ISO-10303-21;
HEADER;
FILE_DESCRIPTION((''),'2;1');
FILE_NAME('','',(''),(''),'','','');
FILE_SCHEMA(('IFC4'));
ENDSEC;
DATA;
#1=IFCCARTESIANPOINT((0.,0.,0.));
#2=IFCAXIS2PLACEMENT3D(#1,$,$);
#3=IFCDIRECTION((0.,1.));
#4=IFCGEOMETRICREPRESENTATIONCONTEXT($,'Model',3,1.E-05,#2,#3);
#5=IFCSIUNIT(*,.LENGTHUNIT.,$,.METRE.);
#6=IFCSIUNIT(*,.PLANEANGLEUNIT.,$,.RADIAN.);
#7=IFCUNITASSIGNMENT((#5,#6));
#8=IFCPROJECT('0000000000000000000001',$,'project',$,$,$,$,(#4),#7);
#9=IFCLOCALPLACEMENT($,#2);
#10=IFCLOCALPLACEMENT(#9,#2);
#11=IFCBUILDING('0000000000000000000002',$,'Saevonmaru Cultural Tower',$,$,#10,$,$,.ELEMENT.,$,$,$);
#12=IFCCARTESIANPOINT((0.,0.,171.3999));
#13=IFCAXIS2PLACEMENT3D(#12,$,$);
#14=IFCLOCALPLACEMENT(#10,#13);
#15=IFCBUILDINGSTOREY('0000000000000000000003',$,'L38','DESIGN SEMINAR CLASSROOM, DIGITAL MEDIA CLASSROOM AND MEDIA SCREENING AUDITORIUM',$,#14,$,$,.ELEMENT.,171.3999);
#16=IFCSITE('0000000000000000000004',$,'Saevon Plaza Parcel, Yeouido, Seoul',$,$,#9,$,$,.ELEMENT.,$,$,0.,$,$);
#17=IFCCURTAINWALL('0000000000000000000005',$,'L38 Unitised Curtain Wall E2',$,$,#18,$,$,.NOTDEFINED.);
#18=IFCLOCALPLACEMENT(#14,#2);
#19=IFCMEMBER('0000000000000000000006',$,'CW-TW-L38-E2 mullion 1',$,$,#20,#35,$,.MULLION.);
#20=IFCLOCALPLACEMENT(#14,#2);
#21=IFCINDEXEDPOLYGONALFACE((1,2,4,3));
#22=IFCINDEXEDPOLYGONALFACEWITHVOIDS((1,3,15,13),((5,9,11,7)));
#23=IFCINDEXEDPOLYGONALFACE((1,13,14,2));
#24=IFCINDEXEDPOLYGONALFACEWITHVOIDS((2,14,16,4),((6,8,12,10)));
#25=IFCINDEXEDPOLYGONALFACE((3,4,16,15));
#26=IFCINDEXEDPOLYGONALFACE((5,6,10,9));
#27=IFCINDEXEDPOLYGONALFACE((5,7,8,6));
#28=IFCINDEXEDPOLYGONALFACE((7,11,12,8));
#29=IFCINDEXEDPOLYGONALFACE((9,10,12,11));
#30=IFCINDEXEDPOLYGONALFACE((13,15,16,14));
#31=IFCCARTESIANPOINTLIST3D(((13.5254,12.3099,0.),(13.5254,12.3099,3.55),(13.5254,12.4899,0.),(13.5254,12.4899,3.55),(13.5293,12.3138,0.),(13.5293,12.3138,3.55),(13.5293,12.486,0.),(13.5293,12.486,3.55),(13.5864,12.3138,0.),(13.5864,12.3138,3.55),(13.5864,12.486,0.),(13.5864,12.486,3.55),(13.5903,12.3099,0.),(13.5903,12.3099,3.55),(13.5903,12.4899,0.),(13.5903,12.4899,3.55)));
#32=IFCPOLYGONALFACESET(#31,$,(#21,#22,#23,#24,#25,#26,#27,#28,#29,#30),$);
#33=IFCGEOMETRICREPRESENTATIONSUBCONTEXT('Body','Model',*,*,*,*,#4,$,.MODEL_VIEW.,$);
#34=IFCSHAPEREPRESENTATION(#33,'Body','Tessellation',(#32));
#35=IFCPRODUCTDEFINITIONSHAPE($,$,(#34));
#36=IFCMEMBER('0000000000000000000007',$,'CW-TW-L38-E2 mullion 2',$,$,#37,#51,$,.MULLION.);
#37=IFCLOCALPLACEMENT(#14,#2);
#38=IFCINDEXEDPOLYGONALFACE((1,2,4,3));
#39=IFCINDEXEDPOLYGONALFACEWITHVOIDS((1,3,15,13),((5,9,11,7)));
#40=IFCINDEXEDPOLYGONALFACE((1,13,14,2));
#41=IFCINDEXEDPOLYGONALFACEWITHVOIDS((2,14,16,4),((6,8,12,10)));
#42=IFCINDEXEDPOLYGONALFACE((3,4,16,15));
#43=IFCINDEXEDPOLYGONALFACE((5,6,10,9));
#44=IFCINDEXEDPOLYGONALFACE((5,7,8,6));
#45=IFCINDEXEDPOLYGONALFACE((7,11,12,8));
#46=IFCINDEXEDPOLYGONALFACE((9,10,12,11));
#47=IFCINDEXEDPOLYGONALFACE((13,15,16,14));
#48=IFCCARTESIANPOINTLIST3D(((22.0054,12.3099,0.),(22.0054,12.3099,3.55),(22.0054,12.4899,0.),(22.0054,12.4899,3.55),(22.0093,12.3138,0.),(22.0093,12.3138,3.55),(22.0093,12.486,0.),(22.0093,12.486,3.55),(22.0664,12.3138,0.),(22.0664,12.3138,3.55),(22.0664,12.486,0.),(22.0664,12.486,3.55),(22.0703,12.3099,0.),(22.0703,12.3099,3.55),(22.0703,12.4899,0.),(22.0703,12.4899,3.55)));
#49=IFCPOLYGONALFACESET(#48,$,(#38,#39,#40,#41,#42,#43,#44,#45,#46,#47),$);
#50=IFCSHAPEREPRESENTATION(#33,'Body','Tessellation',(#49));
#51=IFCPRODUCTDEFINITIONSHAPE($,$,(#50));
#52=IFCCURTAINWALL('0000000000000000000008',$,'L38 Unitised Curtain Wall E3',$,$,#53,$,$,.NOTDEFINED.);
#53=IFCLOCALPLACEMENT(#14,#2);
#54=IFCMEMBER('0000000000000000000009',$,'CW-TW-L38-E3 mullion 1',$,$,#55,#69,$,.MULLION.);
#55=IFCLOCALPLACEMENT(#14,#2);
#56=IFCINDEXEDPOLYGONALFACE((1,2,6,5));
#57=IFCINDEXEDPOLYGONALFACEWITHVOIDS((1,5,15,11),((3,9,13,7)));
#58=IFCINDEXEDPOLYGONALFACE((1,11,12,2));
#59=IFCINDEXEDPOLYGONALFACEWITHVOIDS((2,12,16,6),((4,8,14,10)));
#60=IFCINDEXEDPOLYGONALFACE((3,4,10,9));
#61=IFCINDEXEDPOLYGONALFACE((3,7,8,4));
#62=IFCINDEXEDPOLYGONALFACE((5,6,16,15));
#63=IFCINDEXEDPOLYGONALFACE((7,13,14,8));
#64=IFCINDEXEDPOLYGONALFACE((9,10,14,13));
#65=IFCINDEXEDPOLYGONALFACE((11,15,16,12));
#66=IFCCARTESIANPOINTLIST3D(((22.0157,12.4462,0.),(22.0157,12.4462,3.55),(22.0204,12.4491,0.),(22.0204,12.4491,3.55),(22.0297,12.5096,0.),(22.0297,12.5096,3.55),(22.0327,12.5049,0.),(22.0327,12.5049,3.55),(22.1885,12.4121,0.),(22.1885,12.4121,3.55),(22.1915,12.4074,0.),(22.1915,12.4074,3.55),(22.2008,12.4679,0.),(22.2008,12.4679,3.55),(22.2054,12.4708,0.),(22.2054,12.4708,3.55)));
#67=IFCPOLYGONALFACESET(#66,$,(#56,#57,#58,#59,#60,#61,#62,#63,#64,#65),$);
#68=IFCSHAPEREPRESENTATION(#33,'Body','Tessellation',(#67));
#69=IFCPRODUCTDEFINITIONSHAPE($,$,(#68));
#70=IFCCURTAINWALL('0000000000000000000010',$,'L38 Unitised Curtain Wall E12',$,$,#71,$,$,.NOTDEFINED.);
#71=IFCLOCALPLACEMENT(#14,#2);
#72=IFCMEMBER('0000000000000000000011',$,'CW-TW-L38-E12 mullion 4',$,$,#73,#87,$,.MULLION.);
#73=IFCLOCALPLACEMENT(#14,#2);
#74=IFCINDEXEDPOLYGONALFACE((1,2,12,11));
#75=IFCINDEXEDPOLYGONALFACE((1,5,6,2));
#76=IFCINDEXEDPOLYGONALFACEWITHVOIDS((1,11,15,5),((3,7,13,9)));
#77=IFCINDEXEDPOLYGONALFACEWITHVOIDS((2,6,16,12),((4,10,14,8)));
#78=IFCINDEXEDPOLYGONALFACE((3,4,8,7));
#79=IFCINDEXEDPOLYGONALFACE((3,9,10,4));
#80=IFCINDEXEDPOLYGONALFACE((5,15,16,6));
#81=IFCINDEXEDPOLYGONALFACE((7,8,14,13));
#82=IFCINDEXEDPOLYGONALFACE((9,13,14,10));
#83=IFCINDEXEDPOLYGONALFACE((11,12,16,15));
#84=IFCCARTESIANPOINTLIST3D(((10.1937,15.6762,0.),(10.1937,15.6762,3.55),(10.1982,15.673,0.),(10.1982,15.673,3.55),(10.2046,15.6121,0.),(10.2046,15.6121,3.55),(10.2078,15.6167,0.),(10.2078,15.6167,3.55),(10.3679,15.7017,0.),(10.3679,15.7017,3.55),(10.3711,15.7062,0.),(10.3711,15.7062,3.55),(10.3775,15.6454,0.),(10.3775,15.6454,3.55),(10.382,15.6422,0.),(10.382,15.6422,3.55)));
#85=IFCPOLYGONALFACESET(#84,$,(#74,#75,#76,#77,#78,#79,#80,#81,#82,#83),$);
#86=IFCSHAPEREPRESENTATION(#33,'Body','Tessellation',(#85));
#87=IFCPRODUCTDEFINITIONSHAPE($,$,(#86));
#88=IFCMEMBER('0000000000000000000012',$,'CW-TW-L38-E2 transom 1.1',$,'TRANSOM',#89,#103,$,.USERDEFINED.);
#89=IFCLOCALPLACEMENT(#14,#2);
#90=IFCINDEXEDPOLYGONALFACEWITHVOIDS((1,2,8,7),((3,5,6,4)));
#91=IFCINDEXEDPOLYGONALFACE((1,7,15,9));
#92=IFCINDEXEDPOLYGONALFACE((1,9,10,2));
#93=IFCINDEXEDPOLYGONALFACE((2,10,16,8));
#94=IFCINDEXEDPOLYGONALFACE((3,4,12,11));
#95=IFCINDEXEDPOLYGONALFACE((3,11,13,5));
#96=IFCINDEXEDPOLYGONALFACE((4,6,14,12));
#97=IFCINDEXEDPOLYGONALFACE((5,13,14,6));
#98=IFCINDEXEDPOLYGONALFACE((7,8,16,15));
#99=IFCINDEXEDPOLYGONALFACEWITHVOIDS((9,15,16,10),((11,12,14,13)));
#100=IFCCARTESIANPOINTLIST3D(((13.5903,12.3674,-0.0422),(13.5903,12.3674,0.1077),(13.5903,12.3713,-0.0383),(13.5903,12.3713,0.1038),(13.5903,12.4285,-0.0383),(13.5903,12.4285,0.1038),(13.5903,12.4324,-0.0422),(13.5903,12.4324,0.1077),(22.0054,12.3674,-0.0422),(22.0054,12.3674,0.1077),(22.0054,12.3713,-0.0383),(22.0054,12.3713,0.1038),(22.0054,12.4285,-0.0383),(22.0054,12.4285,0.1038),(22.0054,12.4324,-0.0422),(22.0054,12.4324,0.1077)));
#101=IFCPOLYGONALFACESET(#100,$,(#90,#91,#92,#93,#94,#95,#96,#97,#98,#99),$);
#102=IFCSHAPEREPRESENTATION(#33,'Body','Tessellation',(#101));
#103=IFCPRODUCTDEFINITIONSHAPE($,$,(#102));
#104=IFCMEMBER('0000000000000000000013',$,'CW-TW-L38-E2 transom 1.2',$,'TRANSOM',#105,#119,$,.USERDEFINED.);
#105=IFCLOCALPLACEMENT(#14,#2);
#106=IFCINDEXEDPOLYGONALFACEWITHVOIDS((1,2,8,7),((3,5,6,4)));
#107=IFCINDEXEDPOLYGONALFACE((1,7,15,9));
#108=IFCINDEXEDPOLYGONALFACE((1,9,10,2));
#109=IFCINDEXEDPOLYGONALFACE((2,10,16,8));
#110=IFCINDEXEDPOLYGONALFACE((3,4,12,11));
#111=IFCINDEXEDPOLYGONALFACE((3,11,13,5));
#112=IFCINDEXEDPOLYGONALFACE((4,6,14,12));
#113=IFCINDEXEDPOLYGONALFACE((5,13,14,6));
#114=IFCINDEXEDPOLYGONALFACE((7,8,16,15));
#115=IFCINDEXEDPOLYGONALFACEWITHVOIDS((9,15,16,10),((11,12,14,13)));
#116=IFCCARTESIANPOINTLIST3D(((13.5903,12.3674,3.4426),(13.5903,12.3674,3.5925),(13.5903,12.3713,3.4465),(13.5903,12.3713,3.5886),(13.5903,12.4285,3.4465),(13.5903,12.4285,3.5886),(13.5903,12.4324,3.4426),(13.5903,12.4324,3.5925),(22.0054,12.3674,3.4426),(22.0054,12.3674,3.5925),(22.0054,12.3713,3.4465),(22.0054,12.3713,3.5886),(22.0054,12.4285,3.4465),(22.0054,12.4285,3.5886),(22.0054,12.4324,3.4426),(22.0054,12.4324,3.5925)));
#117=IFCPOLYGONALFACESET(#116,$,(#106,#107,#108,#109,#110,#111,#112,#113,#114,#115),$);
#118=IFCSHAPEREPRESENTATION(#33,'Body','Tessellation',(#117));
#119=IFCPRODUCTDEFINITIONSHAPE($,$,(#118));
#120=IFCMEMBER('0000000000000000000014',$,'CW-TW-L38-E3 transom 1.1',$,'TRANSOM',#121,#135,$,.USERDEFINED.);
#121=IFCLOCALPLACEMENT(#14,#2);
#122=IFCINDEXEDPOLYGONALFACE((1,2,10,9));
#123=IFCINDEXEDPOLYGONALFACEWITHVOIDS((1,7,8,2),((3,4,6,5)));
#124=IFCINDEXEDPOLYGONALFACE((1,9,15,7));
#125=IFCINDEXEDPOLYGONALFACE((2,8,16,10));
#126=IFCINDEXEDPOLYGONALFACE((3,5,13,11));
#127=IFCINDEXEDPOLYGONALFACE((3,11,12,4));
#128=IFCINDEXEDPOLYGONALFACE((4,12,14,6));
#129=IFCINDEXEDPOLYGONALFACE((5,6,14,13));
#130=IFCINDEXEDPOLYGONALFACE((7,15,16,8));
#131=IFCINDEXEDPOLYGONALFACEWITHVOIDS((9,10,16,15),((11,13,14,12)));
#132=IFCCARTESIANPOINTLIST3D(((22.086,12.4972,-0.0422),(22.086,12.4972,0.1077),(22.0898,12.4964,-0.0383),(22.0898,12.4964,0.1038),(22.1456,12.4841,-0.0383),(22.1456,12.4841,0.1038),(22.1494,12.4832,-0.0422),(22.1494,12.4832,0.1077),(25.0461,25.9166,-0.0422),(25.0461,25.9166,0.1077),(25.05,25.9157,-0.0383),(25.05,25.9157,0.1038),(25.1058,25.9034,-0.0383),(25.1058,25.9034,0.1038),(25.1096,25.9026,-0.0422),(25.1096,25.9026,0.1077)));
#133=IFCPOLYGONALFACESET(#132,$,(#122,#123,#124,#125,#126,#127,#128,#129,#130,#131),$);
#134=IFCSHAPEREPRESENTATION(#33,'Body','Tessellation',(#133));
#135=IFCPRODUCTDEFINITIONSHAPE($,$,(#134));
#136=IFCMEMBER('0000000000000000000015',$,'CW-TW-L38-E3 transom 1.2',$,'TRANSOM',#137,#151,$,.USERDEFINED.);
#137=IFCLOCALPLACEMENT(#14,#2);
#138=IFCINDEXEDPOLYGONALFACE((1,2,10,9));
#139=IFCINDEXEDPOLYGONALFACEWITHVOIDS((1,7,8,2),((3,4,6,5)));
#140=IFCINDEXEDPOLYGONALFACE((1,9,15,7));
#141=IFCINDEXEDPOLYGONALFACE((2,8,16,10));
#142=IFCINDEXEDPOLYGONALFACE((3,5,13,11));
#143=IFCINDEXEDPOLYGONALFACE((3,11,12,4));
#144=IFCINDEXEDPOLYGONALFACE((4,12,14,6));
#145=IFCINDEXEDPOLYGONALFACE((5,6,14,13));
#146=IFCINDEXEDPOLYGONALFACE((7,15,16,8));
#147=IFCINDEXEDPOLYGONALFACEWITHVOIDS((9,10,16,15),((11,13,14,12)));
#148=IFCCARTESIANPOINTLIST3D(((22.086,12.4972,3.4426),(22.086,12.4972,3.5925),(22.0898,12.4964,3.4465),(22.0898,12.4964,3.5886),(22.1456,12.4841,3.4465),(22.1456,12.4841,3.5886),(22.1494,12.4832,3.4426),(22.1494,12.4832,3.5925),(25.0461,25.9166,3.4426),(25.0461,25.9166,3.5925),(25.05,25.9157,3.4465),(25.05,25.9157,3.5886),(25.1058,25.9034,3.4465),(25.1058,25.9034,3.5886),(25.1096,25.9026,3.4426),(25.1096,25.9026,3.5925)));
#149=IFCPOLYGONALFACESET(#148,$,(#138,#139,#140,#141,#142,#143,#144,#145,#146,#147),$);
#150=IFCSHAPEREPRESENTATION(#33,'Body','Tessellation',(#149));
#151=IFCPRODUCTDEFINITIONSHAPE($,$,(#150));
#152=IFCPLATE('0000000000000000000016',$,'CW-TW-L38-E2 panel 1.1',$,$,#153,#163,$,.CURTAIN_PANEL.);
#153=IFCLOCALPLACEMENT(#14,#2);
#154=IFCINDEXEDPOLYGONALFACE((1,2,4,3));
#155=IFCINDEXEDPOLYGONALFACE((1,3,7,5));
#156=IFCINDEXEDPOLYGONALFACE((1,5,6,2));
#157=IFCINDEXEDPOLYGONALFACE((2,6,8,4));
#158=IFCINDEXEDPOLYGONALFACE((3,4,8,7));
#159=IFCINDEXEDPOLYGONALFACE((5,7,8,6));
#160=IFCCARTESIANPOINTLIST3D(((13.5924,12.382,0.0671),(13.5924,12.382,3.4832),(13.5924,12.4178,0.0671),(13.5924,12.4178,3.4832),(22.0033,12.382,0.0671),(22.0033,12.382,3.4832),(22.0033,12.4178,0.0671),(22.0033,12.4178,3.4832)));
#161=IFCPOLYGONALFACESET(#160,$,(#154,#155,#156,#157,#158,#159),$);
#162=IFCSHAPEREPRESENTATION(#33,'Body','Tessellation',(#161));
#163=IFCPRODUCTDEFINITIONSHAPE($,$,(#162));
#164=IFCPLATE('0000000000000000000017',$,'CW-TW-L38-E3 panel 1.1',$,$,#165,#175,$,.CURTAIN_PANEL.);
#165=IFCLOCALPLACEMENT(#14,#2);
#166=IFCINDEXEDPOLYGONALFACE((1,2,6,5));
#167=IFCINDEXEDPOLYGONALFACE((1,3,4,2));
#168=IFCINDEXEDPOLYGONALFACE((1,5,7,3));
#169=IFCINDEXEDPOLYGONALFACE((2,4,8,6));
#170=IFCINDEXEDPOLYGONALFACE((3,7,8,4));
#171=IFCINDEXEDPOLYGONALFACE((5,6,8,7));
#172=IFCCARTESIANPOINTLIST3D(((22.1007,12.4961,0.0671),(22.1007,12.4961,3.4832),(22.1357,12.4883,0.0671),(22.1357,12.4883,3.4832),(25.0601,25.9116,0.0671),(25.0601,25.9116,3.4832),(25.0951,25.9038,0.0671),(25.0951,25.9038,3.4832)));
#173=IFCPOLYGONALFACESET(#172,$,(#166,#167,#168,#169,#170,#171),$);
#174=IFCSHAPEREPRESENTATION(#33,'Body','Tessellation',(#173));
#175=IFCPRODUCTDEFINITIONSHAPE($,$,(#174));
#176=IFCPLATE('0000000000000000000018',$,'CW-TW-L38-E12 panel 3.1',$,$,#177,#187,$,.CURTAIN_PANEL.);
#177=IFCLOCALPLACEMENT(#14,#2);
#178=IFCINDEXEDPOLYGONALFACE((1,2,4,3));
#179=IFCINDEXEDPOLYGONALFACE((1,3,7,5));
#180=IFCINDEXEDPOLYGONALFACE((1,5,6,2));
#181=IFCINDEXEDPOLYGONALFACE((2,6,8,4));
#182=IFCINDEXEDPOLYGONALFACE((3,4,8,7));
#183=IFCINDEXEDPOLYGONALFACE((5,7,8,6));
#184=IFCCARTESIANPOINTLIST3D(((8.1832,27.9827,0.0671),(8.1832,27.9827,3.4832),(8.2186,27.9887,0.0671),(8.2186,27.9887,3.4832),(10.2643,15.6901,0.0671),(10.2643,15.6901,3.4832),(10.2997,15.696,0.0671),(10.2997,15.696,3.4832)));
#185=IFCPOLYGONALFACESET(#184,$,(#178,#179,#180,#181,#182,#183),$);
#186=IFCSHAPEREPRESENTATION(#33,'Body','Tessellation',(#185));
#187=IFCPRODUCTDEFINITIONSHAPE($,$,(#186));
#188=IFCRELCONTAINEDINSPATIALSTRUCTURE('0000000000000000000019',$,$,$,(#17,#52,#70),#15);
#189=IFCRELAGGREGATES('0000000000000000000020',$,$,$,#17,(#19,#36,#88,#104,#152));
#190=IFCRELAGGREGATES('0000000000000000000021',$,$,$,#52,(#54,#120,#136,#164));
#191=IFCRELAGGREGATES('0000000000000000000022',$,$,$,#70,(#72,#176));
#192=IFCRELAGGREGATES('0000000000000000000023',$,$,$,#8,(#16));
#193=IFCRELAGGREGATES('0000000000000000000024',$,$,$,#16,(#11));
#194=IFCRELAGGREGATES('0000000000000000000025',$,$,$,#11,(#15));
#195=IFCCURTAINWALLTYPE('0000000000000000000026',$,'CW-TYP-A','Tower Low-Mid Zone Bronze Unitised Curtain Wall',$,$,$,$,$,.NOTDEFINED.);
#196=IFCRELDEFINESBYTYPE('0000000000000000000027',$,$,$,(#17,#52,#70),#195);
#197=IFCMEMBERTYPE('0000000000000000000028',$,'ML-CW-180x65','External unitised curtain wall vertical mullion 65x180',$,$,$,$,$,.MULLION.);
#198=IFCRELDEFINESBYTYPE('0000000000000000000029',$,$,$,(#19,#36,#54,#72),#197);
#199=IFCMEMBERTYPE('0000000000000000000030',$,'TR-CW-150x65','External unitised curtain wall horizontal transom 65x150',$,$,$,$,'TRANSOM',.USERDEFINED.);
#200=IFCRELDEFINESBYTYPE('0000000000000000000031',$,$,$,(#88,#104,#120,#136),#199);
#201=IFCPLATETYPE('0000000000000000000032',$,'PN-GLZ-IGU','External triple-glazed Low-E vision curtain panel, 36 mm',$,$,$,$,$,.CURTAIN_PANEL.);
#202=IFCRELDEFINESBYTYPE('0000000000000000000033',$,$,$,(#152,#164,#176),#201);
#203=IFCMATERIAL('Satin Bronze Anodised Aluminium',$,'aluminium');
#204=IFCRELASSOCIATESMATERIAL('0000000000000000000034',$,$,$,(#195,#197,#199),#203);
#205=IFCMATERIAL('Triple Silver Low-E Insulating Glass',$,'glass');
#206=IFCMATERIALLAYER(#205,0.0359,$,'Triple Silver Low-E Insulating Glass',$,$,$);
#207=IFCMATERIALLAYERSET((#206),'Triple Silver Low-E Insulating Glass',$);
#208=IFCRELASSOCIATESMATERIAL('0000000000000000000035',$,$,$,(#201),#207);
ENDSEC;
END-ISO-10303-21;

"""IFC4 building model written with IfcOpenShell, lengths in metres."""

from ifc_helpers import new_model, si_unit, direction, frame, origin, origin_2d, place, context, subcontext, project, spatial, rectangle, hollow_rectangle, extrude, material, layer, layer_set, material_profile, profile_set, type_object, element, aggregate, save


model = new_model("IFC4")

# Units and contexts
model_context = context("Model", 3, precision=1e-05, world=origin(), true_north=direction((0.0, 1.0)))
body_context = subcontext(model_context, "Body", "Model", "MODEL_VIEW")
ifc_project = project(units=[si_unit("LENGTHUNIT", "METRE"), si_unit("PLANEANGLEUNIT", "RADIAN")], contexts=[model_context])

# Site, building, storey
site_placement = place(None, origin())
site = spatial("IfcSite", under=ifc_project, at=site_placement, Name="Saevon Plaza Parcel, Yeouido, Seoul", CompositionType="ELEMENT", RefElevation=0.0)
building_placement = place(site_placement, origin())
building = spatial("IfcBuilding", under=site, at=building_placement, Name="Saevonmaru Cultural Tower", CompositionType="ELEMENT")
storey_placement = place(building_placement, frame((0.0, 0.0, 171.3999)))
storey = spatial("IfcBuildingStorey", under=building, at=storey_placement, Name="L38", Description="DESIGN SEMINAR CLASSROOM, DIGITAL MEDIA CLASSROOM AND MEDIA SCREENING AUDITORIUM", CompositionType="ELEMENT", Elevation=171.3999)

# Curtain wall, members
ifc_material_1 = material(Name="Satin Bronze Anodised Aluminium", Category="aluminium")
curtain_wall_type = type_object("IfcCurtainWallType", Name="CW-TYP-A", Description="Tower Low-Mid Zone Bronze Unitised Curtain Wall", PredefinedType="NOTDEFINED", material=ifc_material_1)
curtain_wall_1_placement = place(storey_placement, origin())
curtain_wall_1 = element("IfcCurtainWall", 1, at=curtain_wall_1_placement, inside=storey, type_object=curtain_wall_type, Name="L38 Unitised Curtain Wall E2", PredefinedType="NOTDEFINED")
ifc_material_profile_1 = material_profile(ifc_material_1, hollow_rectangle(XDim=0.0649, YDim=0.1799, WallThickness=0.0039, at=origin_2d()), Name="ALU-MULL-180x65x4")
ifc_profile_set_1 = profile_set([ifc_material_profile_1], Name="Satin Bronze Anodised Aluminium")
member_type_1 = type_object("IfcMemberType", Name="ML-CW-180x65", Description="External unitised curtain wall vertical mullion 65x180", PredefinedType="MULLION", material=ifc_profile_set_1)
member_1_placement = place(storey_placement, frame((13.5579, 12.3999, 0.0), z_axis=(0.0, 0.0, 1.0), x_axis=(1.0, 0.0, 0.0)))
member_1 = element("IfcMember", 2, at=member_1_placement, type_object=member_type_1, Name="CW-TW-L38-E2 mullion 1", PredefinedType="MULLION", context=body_context, shape_type="SweptSolid", body=[
    extrude(hollow_rectangle(XDim=0.0649, YDim=0.1799, WallThickness=0.0039, at=origin_2d()), origin(), (0.0, 0.0, 1.0), 3.55),
])
member_2_placement = place(storey_placement, frame((22.0378, 12.3999, 0.0), z_axis=(0.0, 0.0, 1.0), x_axis=(1.0, 0.0, 0.0)))
member_2 = element("IfcMember", 3, at=member_2_placement, type_object=member_type_1, Name="CW-TW-L38-E2 mullion 2", PredefinedType="MULLION", context=body_context, shape_type="SweptSolid", body=[
    extrude(hollow_rectangle(XDim=0.0649, YDim=0.1799, WallThickness=0.0039, at=origin_2d()), origin(), (0.0, 0.0, 1.0), 3.55),
])

# Curtain walls, members
curtain_wall_2_placement = place(storey_placement, origin())
curtain_wall_2 = element("IfcCurtainWall", 4, at=curtain_wall_2_placement, inside=storey, type_object=curtain_wall_type, Name="L38 Unitised Curtain Wall E3", PredefinedType="NOTDEFINED")
member_3_placement = place(storey_placement, frame((22.1106, 12.4585, 0.0), z_axis=(0.0, 0.0, 1.0), x_axis=(0.215413, 0.976523, 0.0)))
member_3 = element("IfcMember", 5, at=member_3_placement, type_object=member_type_1, Name="CW-TW-L38-E3 mullion 1", PredefinedType="MULLION", context=body_context, shape_type="SweptSolid", body=[
    extrude(hollow_rectangle(XDim=0.0649, YDim=0.1799, WallThickness=0.0039, at=origin_2d()), origin(), (0.0, 0.0, 1.0), 3.55),
])
curtain_wall_3_placement = place(storey_placement, origin())
curtain_wall_3 = element("IfcCurtainWall", 6, at=curtain_wall_3_placement, inside=storey, type_object=curtain_wall_type, Name="L38 Unitised Curtain Wall E12", PredefinedType="NOTDEFINED")
member_4_placement = place(storey_placement, frame((10.2878, 15.6592, 0.0), z_axis=(0.0, 0.0, 1.0), x_axis=(0.166922, -0.98597, 0.0)))
member_4 = element("IfcMember", 7, at=member_4_placement, type_object=member_type_1, Name="CW-TW-L38-E12 mullion 4", PredefinedType="MULLION", context=body_context, shape_type="SweptSolid", body=[
    extrude(hollow_rectangle(XDim=0.0649, YDim=0.1799, WallThickness=0.0039, at=origin_2d()), origin(), (0.0, 0.0, 1.0), 3.55),
])

# Members
ifc_material_profile_2 = material_profile(ifc_material_1, hollow_rectangle(XDim=0.0649, YDim=0.1499, WallThickness=0.0039, at=origin_2d()), Name="ALU-TRAN-150x65x4")
ifc_profile_set_2 = profile_set([ifc_material_profile_2], Name="Satin Bronze Anodised Aluminium")
member_type_2 = type_object("IfcMemberType", Name="TR-CW-150x65", Description="External unitised curtain wall horizontal transom 65x150", ElementType="TRANSOM", PredefinedType="USERDEFINED", material=ifc_profile_set_2)
member_5_placement = place(storey_placement, frame((13.5903, 12.3999, 0.0327), z_axis=(1.0, 0.0, 0.0), x_axis=(0.0, 1.0, 0.0)))
member_5 = element("IfcMember", 8, at=member_5_placement, type_object=member_type_2, Name="CW-TW-L38-E2 transom 1.1", ObjectType="TRANSOM", PredefinedType="USERDEFINED", context=body_context, shape_type="SweptSolid", body=[
    extrude(hollow_rectangle(XDim=0.0649, YDim=0.1499, WallThickness=0.0039, at=origin_2d()), origin(), (0.0, 0.0, 1.0), 8.415),
])
member_6_placement = place(storey_placement, frame((13.5903, 12.3999, 3.5176), z_axis=(1.0, 0.0, 0.0), x_axis=(0.0, 1.0, 0.0)))
member_6 = element("IfcMember", 9, at=member_6_placement, type_object=member_type_2, Name="CW-TW-L38-E2 transom 1.2", ObjectType="TRANSOM", PredefinedType="USERDEFINED", context=body_context, shape_type="SweptSolid", body=[
    extrude(hollow_rectangle(XDim=0.0649, YDim=0.1499, WallThickness=0.0039, at=origin_2d()), origin(), (0.0, 0.0, 1.0), 8.415),
])
member_7_placement = place(storey_placement, frame((22.1177, 12.4902, 0.0327), z_axis=(0.215412, 0.976523, 0.0), x_axis=(-0.976523, 0.215412, 0.0)))
member_7 = element("IfcMember", 10, at=member_7_placement, type_object=member_type_2, Name="CW-TW-L38-E3 transom 1.1", ObjectType="TRANSOM", PredefinedType="USERDEFINED", context=body_context, shape_type="SweptSolid", body=[
    extrude(hollow_rectangle(XDim=0.0649, YDim=0.1499, WallThickness=0.0039, at=origin_2d()), origin(), (0.0, 0.0, 1.0), 13.7419),
])
member_8_placement = place(storey_placement, frame((22.1177, 12.4902, 3.5176), z_axis=(0.215412, 0.976523, 0.0), x_axis=(-0.976523, 0.215412, 0.0)))
member_8 = element("IfcMember", 11, at=member_8_placement, type_object=member_type_2, Name="CW-TW-L38-E3 transom 1.2", ObjectType="TRANSOM", PredefinedType="USERDEFINED", context=body_context, shape_type="SweptSolid", body=[
    extrude(hollow_rectangle(XDim=0.0649, YDim=0.1499, WallThickness=0.0039, at=origin_2d()), origin(), (0.0, 0.0, 1.0), 13.7419),
])

# Plates
ifc_material_2 = material(Name="Triple Silver Low-E Insulating Glass", Category="glass")
ifc_layer_1 = layer(ifc_material_2, 0.0359, Name="Triple Silver Low-E Insulating Glass")
ifc_layer_set_1 = layer_set([ifc_layer_1], Name="Triple Silver Low-E Insulating Glass")
plate_type = type_object("IfcPlateType", Name="PN-GLZ-IGU", Description="External triple-glazed Low-E vision curtain panel, 36 mm", PredefinedType="CURTAIN_PANEL", material=ifc_layer_set_1)
plate_1_placement = place(storey_placement, frame((17.7979, 12.3999, 0.0671), z_axis=(0.0, 0.0, 1.0), x_axis=(1.0, 0.0, 0.0)))
plate_1 = element("IfcPlate", 12, at=plate_1_placement, type_object=plate_type, Name="CW-TW-L38-E2 panel 1.1", PredefinedType="CURTAIN_PANEL", context=body_context, shape_type="SweptSolid", body=[
    extrude(rectangle(XDim=8.4109, YDim=0.0359, at=origin_2d()), origin(), (0.0, 0.0, 1.0), 3.416),
])
aggregate(curtain_wall_1, [member_1, member_2, member_5, member_6, plate_1])
plate_2_placement = place(storey_placement, frame((23.5979, 19.2, 0.0671), z_axis=(0.0, 0.0, 1.0), x_axis=(0.215413, 0.976523, 0.0)))
plate_2 = element("IfcPlate", 13, at=plate_2_placement, type_object=plate_type, Name="CW-TW-L38-E3 panel 1.1", PredefinedType="CURTAIN_PANEL", context=body_context, shape_type="SweptSolid", body=[
    extrude(rectangle(XDim=13.738, YDim=0.0359, at=origin_2d()), origin(), (0.0, 0.0, 1.0), 3.416),
])
aggregate(curtain_wall_2, [member_3, member_7, member_8, plate_2])
plate_3_placement = place(storey_placement, frame((9.2415, 21.8394, 0.0671), z_axis=(0.0, 0.0, 1.0), x_axis=(0.166922, -0.98597, 0.0)))
plate_3 = element("IfcPlate", 14, at=plate_3_placement, type_object=plate_type, Name="CW-TW-L38-E12 panel 3.1", PredefinedType="CURTAIN_PANEL", context=body_context, shape_type="SweptSolid", body=[
    extrude(rectangle(XDim=12.4675, YDim=0.0359, at=origin_2d()), origin(), (0.0, 0.0, 1.0), 3.416),
])
aggregate(curtain_wall_3, [member_4, plate_3])

save(model, "model.ifc")
